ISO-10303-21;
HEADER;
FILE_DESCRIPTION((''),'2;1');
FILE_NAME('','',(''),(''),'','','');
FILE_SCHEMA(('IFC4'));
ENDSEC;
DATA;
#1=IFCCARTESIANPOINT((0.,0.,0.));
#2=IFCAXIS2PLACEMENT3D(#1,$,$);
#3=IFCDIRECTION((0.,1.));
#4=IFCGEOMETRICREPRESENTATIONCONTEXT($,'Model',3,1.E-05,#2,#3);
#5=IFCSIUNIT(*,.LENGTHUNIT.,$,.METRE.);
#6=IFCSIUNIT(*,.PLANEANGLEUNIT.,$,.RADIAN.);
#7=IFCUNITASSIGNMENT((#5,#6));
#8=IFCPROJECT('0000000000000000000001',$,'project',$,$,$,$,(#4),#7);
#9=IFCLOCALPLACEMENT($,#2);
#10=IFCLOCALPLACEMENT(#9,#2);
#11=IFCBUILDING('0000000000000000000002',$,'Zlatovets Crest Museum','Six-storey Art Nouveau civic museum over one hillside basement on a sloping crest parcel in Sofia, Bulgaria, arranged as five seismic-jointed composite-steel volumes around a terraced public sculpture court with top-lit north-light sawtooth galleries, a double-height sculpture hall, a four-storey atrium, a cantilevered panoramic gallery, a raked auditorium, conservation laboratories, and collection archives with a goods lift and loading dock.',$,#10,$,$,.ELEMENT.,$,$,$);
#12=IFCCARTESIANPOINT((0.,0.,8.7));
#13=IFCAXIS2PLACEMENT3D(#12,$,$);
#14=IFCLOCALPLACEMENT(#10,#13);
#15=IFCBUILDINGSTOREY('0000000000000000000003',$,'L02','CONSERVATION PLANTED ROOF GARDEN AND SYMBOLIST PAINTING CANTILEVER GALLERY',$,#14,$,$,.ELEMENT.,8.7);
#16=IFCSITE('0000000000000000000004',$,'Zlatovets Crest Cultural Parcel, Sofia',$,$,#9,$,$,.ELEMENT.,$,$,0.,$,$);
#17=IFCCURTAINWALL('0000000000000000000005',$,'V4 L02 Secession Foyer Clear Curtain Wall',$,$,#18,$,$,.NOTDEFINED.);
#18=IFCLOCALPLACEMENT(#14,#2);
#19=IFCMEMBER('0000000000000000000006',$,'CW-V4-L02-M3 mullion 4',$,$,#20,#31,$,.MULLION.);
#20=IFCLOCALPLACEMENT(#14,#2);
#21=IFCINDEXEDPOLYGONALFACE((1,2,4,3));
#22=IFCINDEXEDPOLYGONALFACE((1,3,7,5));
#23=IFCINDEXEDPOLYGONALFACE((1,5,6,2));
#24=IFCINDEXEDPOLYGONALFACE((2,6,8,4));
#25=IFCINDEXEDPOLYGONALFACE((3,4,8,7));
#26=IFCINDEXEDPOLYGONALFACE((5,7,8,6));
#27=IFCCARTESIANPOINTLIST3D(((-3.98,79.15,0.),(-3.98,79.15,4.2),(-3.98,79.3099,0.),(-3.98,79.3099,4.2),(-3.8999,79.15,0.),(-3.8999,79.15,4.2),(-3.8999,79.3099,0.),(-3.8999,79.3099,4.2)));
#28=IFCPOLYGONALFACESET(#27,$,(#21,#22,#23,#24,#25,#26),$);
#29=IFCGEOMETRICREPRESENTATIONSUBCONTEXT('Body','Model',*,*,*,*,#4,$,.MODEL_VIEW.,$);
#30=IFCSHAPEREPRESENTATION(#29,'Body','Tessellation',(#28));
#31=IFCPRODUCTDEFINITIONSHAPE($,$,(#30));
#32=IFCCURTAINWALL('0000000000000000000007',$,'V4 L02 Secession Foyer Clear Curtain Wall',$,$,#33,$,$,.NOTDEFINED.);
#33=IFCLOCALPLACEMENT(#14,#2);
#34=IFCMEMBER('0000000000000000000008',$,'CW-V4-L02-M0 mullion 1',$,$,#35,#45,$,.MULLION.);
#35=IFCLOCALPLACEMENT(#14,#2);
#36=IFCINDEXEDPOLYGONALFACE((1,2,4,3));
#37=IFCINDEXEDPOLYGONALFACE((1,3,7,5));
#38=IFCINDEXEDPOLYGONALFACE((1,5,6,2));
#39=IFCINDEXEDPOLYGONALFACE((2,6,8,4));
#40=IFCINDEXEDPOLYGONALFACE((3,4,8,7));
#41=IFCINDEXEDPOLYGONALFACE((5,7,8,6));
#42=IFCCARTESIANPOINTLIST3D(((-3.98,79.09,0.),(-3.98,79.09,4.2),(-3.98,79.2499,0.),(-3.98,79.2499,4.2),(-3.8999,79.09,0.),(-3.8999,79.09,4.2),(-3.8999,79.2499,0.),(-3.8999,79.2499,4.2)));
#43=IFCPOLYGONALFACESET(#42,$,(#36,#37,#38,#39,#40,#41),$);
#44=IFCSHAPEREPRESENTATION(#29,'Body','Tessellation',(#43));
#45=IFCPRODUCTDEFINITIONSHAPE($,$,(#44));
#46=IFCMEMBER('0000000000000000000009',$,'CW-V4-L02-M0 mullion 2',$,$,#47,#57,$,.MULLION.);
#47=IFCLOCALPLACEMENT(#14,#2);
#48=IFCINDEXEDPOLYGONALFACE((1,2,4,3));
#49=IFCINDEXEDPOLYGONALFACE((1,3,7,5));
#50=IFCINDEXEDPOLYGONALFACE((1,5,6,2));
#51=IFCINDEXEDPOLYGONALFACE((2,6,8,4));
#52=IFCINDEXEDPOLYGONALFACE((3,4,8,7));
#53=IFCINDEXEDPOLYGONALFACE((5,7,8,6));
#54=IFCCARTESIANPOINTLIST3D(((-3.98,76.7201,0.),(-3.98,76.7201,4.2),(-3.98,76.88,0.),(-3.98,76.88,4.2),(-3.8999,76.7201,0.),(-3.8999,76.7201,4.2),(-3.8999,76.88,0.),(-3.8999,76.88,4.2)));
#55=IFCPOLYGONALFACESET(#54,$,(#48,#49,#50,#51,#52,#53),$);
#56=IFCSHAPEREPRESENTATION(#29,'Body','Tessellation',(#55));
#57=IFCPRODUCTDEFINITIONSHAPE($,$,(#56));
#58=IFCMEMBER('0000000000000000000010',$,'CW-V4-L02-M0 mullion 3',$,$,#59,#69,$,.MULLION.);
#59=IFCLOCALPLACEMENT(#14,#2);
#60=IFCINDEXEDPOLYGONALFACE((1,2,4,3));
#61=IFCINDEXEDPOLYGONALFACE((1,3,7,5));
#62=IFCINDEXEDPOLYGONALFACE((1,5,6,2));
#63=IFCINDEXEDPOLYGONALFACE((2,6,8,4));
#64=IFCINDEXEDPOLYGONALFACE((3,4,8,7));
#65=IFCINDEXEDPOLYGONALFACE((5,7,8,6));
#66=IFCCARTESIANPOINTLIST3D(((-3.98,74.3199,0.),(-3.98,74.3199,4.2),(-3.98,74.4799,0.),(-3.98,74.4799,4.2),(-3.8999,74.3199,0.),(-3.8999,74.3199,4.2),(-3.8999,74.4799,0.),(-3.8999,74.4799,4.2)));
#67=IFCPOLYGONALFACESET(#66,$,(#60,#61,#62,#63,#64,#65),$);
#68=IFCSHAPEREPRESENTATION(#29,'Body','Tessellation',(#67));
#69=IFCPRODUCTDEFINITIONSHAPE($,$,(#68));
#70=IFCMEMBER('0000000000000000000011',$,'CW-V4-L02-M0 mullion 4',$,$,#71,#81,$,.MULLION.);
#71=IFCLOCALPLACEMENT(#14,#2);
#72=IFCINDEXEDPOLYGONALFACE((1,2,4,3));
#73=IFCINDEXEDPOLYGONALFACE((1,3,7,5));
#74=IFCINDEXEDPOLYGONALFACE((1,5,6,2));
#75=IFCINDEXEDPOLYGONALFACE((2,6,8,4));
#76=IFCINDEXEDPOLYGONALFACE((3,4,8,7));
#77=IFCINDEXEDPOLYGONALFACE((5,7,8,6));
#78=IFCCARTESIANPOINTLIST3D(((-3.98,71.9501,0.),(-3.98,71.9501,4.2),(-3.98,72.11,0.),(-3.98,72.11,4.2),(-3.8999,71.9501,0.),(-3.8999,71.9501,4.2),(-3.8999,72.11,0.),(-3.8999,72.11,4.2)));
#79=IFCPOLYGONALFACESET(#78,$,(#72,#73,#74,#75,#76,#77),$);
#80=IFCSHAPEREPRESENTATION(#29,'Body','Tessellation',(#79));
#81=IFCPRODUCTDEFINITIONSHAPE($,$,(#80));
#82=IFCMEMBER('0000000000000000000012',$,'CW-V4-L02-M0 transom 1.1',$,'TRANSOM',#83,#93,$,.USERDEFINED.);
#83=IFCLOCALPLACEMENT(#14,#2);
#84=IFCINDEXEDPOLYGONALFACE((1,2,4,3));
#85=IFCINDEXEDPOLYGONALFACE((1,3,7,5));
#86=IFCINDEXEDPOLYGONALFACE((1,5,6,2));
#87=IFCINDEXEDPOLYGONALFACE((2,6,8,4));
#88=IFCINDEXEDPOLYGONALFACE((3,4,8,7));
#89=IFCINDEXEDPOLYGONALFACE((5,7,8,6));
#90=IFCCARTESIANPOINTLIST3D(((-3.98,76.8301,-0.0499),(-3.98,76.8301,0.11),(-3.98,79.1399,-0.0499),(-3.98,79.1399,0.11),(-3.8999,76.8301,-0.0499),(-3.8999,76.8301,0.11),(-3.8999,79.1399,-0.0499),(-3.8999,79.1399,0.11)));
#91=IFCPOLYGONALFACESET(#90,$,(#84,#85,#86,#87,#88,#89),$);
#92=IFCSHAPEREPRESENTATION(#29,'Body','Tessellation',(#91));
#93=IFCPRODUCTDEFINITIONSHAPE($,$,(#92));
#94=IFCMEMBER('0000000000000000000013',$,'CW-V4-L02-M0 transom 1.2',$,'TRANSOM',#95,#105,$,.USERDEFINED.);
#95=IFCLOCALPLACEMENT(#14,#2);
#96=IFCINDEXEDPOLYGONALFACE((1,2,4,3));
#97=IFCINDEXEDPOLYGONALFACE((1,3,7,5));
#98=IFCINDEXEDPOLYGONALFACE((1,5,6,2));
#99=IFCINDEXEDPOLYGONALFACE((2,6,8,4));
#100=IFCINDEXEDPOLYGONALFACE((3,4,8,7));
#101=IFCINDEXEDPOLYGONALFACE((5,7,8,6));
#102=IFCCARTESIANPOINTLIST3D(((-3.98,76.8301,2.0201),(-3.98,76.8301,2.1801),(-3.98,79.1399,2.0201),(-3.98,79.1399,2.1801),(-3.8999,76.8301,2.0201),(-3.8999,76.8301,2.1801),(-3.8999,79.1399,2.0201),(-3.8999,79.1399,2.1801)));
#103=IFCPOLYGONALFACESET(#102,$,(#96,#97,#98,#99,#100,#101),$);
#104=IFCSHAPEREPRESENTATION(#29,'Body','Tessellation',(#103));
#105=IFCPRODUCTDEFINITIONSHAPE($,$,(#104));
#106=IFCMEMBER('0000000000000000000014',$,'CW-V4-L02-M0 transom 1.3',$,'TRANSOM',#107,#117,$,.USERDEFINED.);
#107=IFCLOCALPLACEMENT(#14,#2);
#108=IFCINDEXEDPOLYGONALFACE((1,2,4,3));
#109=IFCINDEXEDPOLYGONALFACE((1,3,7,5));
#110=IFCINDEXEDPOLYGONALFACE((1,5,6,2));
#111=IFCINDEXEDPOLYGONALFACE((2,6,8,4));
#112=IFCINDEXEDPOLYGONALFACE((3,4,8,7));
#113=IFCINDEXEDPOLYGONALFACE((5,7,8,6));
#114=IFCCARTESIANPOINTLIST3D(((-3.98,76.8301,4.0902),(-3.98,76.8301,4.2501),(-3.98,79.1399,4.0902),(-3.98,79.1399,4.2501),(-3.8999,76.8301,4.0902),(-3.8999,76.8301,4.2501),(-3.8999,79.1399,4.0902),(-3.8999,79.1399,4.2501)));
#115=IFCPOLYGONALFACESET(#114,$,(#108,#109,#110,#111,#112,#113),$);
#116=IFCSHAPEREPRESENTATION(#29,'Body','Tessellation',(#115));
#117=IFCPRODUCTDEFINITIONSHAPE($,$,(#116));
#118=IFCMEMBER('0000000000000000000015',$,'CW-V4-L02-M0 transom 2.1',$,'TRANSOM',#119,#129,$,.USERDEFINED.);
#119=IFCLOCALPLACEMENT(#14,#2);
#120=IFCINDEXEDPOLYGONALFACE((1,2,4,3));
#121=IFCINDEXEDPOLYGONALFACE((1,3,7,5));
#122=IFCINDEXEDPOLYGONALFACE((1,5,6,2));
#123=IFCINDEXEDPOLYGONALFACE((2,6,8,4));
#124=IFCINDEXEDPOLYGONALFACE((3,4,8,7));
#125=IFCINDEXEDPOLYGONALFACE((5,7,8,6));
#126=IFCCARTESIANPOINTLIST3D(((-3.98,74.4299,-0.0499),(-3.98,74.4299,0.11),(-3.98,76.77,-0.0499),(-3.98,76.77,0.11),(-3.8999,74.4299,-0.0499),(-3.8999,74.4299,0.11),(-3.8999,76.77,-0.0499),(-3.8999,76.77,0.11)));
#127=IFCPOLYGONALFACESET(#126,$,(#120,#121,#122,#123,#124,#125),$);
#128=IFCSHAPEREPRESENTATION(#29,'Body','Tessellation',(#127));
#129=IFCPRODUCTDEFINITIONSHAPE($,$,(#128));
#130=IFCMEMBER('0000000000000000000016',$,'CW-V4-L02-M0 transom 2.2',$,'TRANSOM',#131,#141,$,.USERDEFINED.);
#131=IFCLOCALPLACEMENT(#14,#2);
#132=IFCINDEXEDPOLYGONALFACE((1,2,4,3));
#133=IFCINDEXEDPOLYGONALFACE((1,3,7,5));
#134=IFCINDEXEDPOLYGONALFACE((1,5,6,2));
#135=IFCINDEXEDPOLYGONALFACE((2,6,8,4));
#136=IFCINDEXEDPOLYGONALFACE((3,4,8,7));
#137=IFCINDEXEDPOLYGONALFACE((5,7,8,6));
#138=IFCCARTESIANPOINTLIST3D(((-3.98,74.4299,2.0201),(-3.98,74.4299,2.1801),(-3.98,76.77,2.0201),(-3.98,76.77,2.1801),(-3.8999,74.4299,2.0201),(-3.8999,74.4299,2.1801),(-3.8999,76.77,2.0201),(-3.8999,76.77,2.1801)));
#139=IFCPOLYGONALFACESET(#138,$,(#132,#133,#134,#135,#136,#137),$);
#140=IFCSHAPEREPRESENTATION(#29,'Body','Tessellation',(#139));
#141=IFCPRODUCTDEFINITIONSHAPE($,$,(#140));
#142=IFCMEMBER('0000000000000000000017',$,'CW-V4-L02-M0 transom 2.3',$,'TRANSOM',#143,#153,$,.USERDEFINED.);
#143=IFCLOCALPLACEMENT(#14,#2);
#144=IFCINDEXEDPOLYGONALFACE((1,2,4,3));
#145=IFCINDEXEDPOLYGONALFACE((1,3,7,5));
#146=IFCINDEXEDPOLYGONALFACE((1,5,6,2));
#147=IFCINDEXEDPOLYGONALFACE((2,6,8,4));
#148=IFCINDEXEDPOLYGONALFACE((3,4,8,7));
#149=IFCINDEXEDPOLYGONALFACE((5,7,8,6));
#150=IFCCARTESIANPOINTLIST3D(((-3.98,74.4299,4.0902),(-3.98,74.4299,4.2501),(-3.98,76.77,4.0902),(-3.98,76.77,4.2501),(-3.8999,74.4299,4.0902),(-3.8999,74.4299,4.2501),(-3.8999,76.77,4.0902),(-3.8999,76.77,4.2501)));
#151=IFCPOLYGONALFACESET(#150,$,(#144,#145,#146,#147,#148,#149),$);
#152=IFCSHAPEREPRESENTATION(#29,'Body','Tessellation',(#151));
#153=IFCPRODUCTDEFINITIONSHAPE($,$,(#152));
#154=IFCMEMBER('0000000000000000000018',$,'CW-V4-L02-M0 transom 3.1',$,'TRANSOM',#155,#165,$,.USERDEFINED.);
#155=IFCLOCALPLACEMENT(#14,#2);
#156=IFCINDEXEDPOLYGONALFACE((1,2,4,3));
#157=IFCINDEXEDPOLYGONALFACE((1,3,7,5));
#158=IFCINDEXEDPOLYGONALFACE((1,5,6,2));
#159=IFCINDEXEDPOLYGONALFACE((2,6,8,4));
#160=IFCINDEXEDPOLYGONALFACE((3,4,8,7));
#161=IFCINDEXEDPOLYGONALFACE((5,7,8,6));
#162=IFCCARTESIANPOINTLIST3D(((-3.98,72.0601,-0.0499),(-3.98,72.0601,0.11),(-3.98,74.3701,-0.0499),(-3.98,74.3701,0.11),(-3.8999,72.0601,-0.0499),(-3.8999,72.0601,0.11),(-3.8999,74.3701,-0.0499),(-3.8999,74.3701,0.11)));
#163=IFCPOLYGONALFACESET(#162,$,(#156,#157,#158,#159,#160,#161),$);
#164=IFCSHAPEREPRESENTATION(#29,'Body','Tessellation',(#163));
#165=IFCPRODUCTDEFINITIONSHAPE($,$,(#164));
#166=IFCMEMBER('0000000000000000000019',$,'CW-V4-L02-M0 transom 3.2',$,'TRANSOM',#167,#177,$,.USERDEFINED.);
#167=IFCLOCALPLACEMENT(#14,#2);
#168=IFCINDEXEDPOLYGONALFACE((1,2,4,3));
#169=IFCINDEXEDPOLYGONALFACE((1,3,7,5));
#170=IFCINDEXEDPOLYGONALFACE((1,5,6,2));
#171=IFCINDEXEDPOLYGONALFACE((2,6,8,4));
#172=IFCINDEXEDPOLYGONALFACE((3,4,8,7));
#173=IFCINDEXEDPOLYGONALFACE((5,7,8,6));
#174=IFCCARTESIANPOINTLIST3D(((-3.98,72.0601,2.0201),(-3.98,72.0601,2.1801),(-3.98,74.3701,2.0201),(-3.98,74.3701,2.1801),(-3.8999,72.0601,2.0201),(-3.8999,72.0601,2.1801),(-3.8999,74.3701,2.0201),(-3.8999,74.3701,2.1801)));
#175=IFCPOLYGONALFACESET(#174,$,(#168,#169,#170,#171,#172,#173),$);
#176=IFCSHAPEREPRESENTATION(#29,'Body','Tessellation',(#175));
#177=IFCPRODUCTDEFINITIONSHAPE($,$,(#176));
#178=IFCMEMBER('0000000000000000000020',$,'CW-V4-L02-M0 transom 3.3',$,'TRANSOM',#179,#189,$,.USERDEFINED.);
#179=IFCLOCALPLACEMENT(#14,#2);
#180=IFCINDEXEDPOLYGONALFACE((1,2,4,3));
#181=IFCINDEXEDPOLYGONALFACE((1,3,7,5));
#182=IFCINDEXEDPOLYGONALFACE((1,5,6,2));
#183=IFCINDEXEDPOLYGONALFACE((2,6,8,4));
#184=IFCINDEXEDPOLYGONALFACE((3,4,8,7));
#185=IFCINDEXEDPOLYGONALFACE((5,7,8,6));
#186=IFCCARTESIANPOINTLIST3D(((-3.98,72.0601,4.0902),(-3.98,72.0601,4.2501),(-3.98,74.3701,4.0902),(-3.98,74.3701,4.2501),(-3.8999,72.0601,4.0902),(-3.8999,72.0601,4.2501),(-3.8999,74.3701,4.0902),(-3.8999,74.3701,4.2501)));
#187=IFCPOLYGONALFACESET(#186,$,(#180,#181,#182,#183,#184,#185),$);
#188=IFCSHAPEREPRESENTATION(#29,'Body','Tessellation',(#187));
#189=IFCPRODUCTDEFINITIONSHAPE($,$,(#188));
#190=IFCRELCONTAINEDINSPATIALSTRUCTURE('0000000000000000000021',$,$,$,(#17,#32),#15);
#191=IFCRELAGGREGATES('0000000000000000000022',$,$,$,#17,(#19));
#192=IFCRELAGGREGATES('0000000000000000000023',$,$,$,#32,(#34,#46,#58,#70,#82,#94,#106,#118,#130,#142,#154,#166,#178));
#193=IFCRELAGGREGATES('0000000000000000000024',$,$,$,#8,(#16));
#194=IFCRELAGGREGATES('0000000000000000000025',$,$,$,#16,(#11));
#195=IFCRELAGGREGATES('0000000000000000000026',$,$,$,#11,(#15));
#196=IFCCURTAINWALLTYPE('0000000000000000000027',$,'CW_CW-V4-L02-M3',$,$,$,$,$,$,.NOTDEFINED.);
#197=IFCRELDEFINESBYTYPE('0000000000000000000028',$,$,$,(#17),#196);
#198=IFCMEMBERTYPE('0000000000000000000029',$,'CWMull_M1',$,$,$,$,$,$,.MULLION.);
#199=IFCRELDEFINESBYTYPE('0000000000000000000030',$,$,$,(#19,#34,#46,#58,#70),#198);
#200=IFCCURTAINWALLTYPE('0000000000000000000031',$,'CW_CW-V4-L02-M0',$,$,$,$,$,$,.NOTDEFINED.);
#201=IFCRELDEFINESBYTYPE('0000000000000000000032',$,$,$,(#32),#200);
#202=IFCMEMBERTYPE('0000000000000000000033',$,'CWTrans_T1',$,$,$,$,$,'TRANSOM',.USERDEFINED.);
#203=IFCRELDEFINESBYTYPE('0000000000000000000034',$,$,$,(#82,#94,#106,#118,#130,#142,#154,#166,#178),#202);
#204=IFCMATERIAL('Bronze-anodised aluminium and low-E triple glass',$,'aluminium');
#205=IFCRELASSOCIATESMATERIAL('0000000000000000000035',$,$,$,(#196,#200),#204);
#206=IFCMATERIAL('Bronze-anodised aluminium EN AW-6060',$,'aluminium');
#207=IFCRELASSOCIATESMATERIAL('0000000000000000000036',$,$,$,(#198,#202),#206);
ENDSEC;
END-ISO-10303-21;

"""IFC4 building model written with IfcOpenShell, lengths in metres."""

from ifc_helpers import new_model, si_unit, direction, frame, origin, origin_2d, place, context, subcontext, project, spatial, rectangle, extrude, material, material_profile, profile_set, type_object, element, aggregate, save


model = new_model("IFC4")

# Units and contexts
model_context = context("Model", 3, precision=1e-05, world=origin(), true_north=direction((0.0, 1.0)))
body_context = subcontext(model_context, "Body", "Model", "MODEL_VIEW")
ifc_project = project(units=[si_unit("LENGTHUNIT", "METRE"), si_unit("PLANEANGLEUNIT", "RADIAN")], contexts=[model_context])

# Site, building, storey
site_placement = place(None, origin())
site = spatial("IfcSite", under=ifc_project, at=site_placement, Name="Zlatovets Crest Cultural Parcel, Sofia", CompositionType="ELEMENT", RefElevation=0.0)
building_placement = place(site_placement, origin())
building = spatial("IfcBuilding", under=site, at=building_placement, Name="Zlatovets Crest Museum", Description="Six-storey Art Nouveau civic museum over one hillside basement on a sloping crest parcel in Sofia, Bulgaria, arranged as five seismic-jointed composite-steel volumes around a terraced public sculpture court with top-lit north-light sawtooth galleries, a double-height sculpture hall, a four-storey atrium, a cantilevered panoramic gallery, a raked auditorium, conservation laboratories, and collection archives with a goods lift and loading dock.", CompositionType="ELEMENT")
storey_placement = place(building_placement, frame((0.0, 0.0, 8.7)))
storey = spatial("IfcBuildingStorey", under=building, at=storey_placement, Name="L02", Description="CONSERVATION PLANTED ROOF GARDEN AND SYMBOLIST PAINTING CANTILEVER GALLERY", CompositionType="ELEMENT", Elevation=8.7)

# Curtain wall, member
ifc_material_1 = material(Name="Bronze-anodised aluminium and low-E triple glass", Category="aluminium")
curtain_wall_type_1 = type_object("IfcCurtainWallType", Name="CW_CW-V4-L02-M3", PredefinedType="NOTDEFINED", material=ifc_material_1)
curtain_wall_1_placement = place(storey_placement, origin())
curtain_wall_1 = element("IfcCurtainWall", 1, at=curtain_wall_1_placement, inside=storey, type_object=curtain_wall_type_1, Name="V4 L02 Secession Foyer Clear Curtain Wall", PredefinedType="NOTDEFINED")
ifc_material_2 = material(Name="Bronze-anodised aluminium EN AW-6060", Category="aluminium")
ifc_material_profile_1 = material_profile(ifc_material_2, rectangle(XDim=0.0801, YDim=0.1599, at=origin_2d()), Name="ALU 80x160")
ifc_profile_set_1 = profile_set([ifc_material_profile_1], Name="Bronze-anodised aluminium EN AW-6060")
member_type_1 = type_object("IfcMemberType", Name="CWMull_M1", PredefinedType="MULLION", material=ifc_profile_set_1)
member_1_placement = place(storey_placement, frame((-3.9399, 79.23, 0.0), z_axis=(0.0, 0.0, 1.0), x_axis=(1.0, 0.0, 0.0)))
member_1 = element("IfcMember", 2, at=member_1_placement, type_object=member_type_1, Name="CW-V4-L02-M3 mullion 4", PredefinedType="MULLION", context=body_context, shape_type="SweptSolid", body=[
    extrude(rectangle(XDim=0.0801, YDim=0.1599, at=origin_2d()), origin(), (0.0, 0.0, 1.0), 4.2),
])
aggregate(curtain_wall_1, [member_1])

# Curtain wall, members
curtain_wall_type_2 = type_object("IfcCurtainWallType", Name="CW_CW-V4-L02-M0", PredefinedType="NOTDEFINED", material=ifc_material_1)
curtain_wall_2_placement = place(storey_placement, origin())
curtain_wall_2 = element("IfcCurtainWall", 3, at=curtain_wall_2_placement, inside=storey, type_object=curtain_wall_type_2, Name="V4 L02 Secession Foyer Clear Curtain Wall", PredefinedType="NOTDEFINED")
member_2_placement = place(storey_placement, frame((-3.9399, 79.1699, 0.0), z_axis=(0.0, 0.0, 1.0), x_axis=(1.0, 0.0, 0.0)))
member_2 = element("IfcMember", 4, at=member_2_placement, type_object=member_type_1, Name="CW-V4-L02-M0 mullion 1", PredefinedType="MULLION", context=body_context, shape_type="SweptSolid", body=[
    extrude(rectangle(XDim=0.0801, YDim=0.1599, at=origin_2d()), origin(), (0.0, 0.0, 1.0), 4.2),
])
member_3_placement = place(storey_placement, frame((-3.9399, 76.8, 0.0), z_axis=(0.0, 0.0, 1.0), x_axis=(1.0, 0.0, 0.0)))
member_3 = element("IfcMember", 5, at=member_3_placement, type_object=member_type_1, Name="CW-V4-L02-M0 mullion 2", PredefinedType="MULLION", context=body_context, shape_type="SweptSolid", body=[
    extrude(rectangle(XDim=0.0801, YDim=0.1599, at=origin_2d()), origin(), (0.0, 0.0, 1.0), 4.2),
])
member_4_placement = place(storey_placement, frame((-3.9399, 74.3999, 0.0), z_axis=(0.0, 0.0, 1.0), x_axis=(1.0, 0.0, 0.0)))
member_4 = element("IfcMember", 6, at=member_4_placement, type_object=member_type_1, Name="CW-V4-L02-M0 mullion 3", PredefinedType="MULLION", context=body_context, shape_type="SweptSolid", body=[
    extrude(rectangle(XDim=0.0801, YDim=0.1599, at=origin_2d()), origin(), (0.0, 0.0, 1.0), 4.2),
])
member_5_placement = place(storey_placement, frame((-3.9399, 72.03, 0.0), z_axis=(0.0, 0.0, 1.0), x_axis=(1.0, 0.0, 0.0)))
member_5 = element("IfcMember", 7, at=member_5_placement, type_object=member_type_1, Name="CW-V4-L02-M0 mullion 4", PredefinedType="MULLION", context=body_context, shape_type="SweptSolid", body=[
    extrude(rectangle(XDim=0.0801, YDim=0.1599, at=origin_2d()), origin(), (0.0, 0.0, 1.0), 4.2),
])
ifc_material_profile_2 = material_profile(ifc_material_2, rectangle(XDim=0.0801, YDim=0.1599, at=origin_2d()), Name="ALU 80x160")
ifc_profile_set_2 = profile_set([ifc_material_profile_2], Name="Bronze-anodised aluminium EN AW-6060")
member_type_2 = type_object("IfcMemberType", Name="CWTrans_T1", ElementType="TRANSOM", PredefinedType="USERDEFINED", material=ifc_profile_set_2)
member_6_placement = place(storey_placement, frame((-3.9399, 79.1399, 0.03), z_axis=(0.0, -1.0, 0.0), x_axis=(1.0, 0.0, 0.0)))
member_6 = element("IfcMember", 8, at=member_6_placement, type_object=member_type_2, Name="CW-V4-L02-M0 transom 1.1", ObjectType="TRANSOM", PredefinedType="USERDEFINED", context=body_context, shape_type="SweptSolid", body=[
    extrude(rectangle(XDim=0.0801, YDim=0.1599, at=origin_2d()), origin(), (0.0, 0.0, 1.0), 2.3098),
])
member_7_placement = place(storey_placement, frame((-3.9399, 79.1399, 2.1001), z_axis=(0.0, -1.0, 0.0), x_axis=(1.0, 0.0, 0.0)))
member_7 = element("IfcMember", 9, at=member_7_placement, type_object=member_type_2, Name="CW-V4-L02-M0 transom 1.2", ObjectType="TRANSOM", PredefinedType="USERDEFINED", context=body_context, shape_type="SweptSolid", body=[
    extrude(rectangle(XDim=0.0801, YDim=0.1599, at=origin_2d()), origin(), (0.0, 0.0, 1.0), 2.3098),
])
member_8_placement = place(storey_placement, frame((-3.9399, 79.1399, 4.1702), z_axis=(0.0, -1.0, 0.0), x_axis=(1.0, 0.0, 0.0)))
member_8 = element("IfcMember", 10, at=member_8_placement, type_object=member_type_2, Name="CW-V4-L02-M0 transom 1.3", ObjectType="TRANSOM", PredefinedType="USERDEFINED", context=body_context, shape_type="SweptSolid", body=[
    extrude(rectangle(XDim=0.0801, YDim=0.1599, at=origin_2d()), origin(), (0.0, 0.0, 1.0), 2.3098),
])
member_9_placement = place(storey_placement, frame((-3.9399, 76.77, 0.03), z_axis=(0.0, -1.0, 0.0), x_axis=(1.0, 0.0, 0.0)))
member_9 = element("IfcMember", 11, at=member_9_placement, type_object=member_type_2, Name="CW-V4-L02-M0 transom 2.1", ObjectType="TRANSOM", PredefinedType="USERDEFINED", context=body_context, shape_type="SweptSolid", body=[
    extrude(rectangle(XDim=0.0801, YDim=0.1599, at=origin_2d()), origin(), (0.0, 0.0, 1.0), 2.3401),
])
member_10_placement = place(storey_placement, frame((-3.9399, 76.77, 2.1001), z_axis=(0.0, -1.0, 0.0), x_axis=(1.0, 0.0, 0.0)))
member_10 = element("IfcMember", 12, at=member_10_placement, type_object=member_type_2, Name="CW-V4-L02-M0 transom 2.2", ObjectType="TRANSOM", PredefinedType="USERDEFINED", context=body_context, shape_type="SweptSolid", body=[
    extrude(rectangle(XDim=0.0801, YDim=0.1599, at=origin_2d()), origin(), (0.0, 0.0, 1.0), 2.3401),
])
member_11_placement = place(storey_placement, frame((-3.9399, 76.77, 4.1702), z_axis=(0.0, -1.0, 0.0), x_axis=(1.0, 0.0, 0.0)))
member_11 = element("IfcMember", 13, at=member_11_placement, type_object=member_type_2, Name="CW-V4-L02-M0 transom 2.3", ObjectType="TRANSOM", PredefinedType="USERDEFINED", context=body_context, shape_type="SweptSolid", body=[
    extrude(rectangle(XDim=0.0801, YDim=0.1599, at=origin_2d()), origin(), (0.0, 0.0, 1.0), 2.3401),
])
member_12_placement = place(storey_placement, frame((-3.9399, 74.3701, 0.03), z_axis=(0.0, -1.0, 0.0), x_axis=(1.0, 0.0, 0.0)))
member_12 = element("IfcMember", 14, at=member_12_placement, type_object=member_type_2, Name="CW-V4-L02-M0 transom 3.1", ObjectType="TRANSOM", PredefinedType="USERDEFINED", context=body_context, shape_type="SweptSolid", body=[
    extrude(rectangle(XDim=0.0801, YDim=0.1599, at=origin_2d()), origin(), (0.0, 0.0, 1.0), 2.3101),
])
member_13_placement = place(storey_placement, frame((-3.9399, 74.3701, 2.1001), z_axis=(0.0, -1.0, 0.0), x_axis=(1.0, 0.0, 0.0)))
member_13 = element("IfcMember", 15, at=member_13_placement, type_object=member_type_2, Name="CW-V4-L02-M0 transom 3.2", ObjectType="TRANSOM", PredefinedType="USERDEFINED", context=body_context, shape_type="SweptSolid", body=[
    extrude(rectangle(XDim=0.0801, YDim=0.1599, at=origin_2d()), origin(), (0.0, 0.0, 1.0), 2.3101),
])
member_14_placement = place(storey_placement, frame((-3.9399, 74.3701, 4.1702), z_axis=(0.0, -1.0, 0.0), x_axis=(1.0, 0.0, 0.0)))
member_14 = element("IfcMember", 16, at=member_14_placement, type_object=member_type_2, Name="CW-V4-L02-M0 transom 3.3", ObjectType="TRANSOM", PredefinedType="USERDEFINED", context=body_context, shape_type="SweptSolid", body=[
    extrude(rectangle(XDim=0.0801, YDim=0.1599, at=origin_2d()), origin(), (0.0, 0.0, 1.0), 2.3101),
])

aggregate(curtain_wall_2, [member_2, member_3, member_4, member_5, member_6, member_7, member_8, member_9, member_10, member_11, member_12, member_13, member_14])

save(model, "model.ifc")
